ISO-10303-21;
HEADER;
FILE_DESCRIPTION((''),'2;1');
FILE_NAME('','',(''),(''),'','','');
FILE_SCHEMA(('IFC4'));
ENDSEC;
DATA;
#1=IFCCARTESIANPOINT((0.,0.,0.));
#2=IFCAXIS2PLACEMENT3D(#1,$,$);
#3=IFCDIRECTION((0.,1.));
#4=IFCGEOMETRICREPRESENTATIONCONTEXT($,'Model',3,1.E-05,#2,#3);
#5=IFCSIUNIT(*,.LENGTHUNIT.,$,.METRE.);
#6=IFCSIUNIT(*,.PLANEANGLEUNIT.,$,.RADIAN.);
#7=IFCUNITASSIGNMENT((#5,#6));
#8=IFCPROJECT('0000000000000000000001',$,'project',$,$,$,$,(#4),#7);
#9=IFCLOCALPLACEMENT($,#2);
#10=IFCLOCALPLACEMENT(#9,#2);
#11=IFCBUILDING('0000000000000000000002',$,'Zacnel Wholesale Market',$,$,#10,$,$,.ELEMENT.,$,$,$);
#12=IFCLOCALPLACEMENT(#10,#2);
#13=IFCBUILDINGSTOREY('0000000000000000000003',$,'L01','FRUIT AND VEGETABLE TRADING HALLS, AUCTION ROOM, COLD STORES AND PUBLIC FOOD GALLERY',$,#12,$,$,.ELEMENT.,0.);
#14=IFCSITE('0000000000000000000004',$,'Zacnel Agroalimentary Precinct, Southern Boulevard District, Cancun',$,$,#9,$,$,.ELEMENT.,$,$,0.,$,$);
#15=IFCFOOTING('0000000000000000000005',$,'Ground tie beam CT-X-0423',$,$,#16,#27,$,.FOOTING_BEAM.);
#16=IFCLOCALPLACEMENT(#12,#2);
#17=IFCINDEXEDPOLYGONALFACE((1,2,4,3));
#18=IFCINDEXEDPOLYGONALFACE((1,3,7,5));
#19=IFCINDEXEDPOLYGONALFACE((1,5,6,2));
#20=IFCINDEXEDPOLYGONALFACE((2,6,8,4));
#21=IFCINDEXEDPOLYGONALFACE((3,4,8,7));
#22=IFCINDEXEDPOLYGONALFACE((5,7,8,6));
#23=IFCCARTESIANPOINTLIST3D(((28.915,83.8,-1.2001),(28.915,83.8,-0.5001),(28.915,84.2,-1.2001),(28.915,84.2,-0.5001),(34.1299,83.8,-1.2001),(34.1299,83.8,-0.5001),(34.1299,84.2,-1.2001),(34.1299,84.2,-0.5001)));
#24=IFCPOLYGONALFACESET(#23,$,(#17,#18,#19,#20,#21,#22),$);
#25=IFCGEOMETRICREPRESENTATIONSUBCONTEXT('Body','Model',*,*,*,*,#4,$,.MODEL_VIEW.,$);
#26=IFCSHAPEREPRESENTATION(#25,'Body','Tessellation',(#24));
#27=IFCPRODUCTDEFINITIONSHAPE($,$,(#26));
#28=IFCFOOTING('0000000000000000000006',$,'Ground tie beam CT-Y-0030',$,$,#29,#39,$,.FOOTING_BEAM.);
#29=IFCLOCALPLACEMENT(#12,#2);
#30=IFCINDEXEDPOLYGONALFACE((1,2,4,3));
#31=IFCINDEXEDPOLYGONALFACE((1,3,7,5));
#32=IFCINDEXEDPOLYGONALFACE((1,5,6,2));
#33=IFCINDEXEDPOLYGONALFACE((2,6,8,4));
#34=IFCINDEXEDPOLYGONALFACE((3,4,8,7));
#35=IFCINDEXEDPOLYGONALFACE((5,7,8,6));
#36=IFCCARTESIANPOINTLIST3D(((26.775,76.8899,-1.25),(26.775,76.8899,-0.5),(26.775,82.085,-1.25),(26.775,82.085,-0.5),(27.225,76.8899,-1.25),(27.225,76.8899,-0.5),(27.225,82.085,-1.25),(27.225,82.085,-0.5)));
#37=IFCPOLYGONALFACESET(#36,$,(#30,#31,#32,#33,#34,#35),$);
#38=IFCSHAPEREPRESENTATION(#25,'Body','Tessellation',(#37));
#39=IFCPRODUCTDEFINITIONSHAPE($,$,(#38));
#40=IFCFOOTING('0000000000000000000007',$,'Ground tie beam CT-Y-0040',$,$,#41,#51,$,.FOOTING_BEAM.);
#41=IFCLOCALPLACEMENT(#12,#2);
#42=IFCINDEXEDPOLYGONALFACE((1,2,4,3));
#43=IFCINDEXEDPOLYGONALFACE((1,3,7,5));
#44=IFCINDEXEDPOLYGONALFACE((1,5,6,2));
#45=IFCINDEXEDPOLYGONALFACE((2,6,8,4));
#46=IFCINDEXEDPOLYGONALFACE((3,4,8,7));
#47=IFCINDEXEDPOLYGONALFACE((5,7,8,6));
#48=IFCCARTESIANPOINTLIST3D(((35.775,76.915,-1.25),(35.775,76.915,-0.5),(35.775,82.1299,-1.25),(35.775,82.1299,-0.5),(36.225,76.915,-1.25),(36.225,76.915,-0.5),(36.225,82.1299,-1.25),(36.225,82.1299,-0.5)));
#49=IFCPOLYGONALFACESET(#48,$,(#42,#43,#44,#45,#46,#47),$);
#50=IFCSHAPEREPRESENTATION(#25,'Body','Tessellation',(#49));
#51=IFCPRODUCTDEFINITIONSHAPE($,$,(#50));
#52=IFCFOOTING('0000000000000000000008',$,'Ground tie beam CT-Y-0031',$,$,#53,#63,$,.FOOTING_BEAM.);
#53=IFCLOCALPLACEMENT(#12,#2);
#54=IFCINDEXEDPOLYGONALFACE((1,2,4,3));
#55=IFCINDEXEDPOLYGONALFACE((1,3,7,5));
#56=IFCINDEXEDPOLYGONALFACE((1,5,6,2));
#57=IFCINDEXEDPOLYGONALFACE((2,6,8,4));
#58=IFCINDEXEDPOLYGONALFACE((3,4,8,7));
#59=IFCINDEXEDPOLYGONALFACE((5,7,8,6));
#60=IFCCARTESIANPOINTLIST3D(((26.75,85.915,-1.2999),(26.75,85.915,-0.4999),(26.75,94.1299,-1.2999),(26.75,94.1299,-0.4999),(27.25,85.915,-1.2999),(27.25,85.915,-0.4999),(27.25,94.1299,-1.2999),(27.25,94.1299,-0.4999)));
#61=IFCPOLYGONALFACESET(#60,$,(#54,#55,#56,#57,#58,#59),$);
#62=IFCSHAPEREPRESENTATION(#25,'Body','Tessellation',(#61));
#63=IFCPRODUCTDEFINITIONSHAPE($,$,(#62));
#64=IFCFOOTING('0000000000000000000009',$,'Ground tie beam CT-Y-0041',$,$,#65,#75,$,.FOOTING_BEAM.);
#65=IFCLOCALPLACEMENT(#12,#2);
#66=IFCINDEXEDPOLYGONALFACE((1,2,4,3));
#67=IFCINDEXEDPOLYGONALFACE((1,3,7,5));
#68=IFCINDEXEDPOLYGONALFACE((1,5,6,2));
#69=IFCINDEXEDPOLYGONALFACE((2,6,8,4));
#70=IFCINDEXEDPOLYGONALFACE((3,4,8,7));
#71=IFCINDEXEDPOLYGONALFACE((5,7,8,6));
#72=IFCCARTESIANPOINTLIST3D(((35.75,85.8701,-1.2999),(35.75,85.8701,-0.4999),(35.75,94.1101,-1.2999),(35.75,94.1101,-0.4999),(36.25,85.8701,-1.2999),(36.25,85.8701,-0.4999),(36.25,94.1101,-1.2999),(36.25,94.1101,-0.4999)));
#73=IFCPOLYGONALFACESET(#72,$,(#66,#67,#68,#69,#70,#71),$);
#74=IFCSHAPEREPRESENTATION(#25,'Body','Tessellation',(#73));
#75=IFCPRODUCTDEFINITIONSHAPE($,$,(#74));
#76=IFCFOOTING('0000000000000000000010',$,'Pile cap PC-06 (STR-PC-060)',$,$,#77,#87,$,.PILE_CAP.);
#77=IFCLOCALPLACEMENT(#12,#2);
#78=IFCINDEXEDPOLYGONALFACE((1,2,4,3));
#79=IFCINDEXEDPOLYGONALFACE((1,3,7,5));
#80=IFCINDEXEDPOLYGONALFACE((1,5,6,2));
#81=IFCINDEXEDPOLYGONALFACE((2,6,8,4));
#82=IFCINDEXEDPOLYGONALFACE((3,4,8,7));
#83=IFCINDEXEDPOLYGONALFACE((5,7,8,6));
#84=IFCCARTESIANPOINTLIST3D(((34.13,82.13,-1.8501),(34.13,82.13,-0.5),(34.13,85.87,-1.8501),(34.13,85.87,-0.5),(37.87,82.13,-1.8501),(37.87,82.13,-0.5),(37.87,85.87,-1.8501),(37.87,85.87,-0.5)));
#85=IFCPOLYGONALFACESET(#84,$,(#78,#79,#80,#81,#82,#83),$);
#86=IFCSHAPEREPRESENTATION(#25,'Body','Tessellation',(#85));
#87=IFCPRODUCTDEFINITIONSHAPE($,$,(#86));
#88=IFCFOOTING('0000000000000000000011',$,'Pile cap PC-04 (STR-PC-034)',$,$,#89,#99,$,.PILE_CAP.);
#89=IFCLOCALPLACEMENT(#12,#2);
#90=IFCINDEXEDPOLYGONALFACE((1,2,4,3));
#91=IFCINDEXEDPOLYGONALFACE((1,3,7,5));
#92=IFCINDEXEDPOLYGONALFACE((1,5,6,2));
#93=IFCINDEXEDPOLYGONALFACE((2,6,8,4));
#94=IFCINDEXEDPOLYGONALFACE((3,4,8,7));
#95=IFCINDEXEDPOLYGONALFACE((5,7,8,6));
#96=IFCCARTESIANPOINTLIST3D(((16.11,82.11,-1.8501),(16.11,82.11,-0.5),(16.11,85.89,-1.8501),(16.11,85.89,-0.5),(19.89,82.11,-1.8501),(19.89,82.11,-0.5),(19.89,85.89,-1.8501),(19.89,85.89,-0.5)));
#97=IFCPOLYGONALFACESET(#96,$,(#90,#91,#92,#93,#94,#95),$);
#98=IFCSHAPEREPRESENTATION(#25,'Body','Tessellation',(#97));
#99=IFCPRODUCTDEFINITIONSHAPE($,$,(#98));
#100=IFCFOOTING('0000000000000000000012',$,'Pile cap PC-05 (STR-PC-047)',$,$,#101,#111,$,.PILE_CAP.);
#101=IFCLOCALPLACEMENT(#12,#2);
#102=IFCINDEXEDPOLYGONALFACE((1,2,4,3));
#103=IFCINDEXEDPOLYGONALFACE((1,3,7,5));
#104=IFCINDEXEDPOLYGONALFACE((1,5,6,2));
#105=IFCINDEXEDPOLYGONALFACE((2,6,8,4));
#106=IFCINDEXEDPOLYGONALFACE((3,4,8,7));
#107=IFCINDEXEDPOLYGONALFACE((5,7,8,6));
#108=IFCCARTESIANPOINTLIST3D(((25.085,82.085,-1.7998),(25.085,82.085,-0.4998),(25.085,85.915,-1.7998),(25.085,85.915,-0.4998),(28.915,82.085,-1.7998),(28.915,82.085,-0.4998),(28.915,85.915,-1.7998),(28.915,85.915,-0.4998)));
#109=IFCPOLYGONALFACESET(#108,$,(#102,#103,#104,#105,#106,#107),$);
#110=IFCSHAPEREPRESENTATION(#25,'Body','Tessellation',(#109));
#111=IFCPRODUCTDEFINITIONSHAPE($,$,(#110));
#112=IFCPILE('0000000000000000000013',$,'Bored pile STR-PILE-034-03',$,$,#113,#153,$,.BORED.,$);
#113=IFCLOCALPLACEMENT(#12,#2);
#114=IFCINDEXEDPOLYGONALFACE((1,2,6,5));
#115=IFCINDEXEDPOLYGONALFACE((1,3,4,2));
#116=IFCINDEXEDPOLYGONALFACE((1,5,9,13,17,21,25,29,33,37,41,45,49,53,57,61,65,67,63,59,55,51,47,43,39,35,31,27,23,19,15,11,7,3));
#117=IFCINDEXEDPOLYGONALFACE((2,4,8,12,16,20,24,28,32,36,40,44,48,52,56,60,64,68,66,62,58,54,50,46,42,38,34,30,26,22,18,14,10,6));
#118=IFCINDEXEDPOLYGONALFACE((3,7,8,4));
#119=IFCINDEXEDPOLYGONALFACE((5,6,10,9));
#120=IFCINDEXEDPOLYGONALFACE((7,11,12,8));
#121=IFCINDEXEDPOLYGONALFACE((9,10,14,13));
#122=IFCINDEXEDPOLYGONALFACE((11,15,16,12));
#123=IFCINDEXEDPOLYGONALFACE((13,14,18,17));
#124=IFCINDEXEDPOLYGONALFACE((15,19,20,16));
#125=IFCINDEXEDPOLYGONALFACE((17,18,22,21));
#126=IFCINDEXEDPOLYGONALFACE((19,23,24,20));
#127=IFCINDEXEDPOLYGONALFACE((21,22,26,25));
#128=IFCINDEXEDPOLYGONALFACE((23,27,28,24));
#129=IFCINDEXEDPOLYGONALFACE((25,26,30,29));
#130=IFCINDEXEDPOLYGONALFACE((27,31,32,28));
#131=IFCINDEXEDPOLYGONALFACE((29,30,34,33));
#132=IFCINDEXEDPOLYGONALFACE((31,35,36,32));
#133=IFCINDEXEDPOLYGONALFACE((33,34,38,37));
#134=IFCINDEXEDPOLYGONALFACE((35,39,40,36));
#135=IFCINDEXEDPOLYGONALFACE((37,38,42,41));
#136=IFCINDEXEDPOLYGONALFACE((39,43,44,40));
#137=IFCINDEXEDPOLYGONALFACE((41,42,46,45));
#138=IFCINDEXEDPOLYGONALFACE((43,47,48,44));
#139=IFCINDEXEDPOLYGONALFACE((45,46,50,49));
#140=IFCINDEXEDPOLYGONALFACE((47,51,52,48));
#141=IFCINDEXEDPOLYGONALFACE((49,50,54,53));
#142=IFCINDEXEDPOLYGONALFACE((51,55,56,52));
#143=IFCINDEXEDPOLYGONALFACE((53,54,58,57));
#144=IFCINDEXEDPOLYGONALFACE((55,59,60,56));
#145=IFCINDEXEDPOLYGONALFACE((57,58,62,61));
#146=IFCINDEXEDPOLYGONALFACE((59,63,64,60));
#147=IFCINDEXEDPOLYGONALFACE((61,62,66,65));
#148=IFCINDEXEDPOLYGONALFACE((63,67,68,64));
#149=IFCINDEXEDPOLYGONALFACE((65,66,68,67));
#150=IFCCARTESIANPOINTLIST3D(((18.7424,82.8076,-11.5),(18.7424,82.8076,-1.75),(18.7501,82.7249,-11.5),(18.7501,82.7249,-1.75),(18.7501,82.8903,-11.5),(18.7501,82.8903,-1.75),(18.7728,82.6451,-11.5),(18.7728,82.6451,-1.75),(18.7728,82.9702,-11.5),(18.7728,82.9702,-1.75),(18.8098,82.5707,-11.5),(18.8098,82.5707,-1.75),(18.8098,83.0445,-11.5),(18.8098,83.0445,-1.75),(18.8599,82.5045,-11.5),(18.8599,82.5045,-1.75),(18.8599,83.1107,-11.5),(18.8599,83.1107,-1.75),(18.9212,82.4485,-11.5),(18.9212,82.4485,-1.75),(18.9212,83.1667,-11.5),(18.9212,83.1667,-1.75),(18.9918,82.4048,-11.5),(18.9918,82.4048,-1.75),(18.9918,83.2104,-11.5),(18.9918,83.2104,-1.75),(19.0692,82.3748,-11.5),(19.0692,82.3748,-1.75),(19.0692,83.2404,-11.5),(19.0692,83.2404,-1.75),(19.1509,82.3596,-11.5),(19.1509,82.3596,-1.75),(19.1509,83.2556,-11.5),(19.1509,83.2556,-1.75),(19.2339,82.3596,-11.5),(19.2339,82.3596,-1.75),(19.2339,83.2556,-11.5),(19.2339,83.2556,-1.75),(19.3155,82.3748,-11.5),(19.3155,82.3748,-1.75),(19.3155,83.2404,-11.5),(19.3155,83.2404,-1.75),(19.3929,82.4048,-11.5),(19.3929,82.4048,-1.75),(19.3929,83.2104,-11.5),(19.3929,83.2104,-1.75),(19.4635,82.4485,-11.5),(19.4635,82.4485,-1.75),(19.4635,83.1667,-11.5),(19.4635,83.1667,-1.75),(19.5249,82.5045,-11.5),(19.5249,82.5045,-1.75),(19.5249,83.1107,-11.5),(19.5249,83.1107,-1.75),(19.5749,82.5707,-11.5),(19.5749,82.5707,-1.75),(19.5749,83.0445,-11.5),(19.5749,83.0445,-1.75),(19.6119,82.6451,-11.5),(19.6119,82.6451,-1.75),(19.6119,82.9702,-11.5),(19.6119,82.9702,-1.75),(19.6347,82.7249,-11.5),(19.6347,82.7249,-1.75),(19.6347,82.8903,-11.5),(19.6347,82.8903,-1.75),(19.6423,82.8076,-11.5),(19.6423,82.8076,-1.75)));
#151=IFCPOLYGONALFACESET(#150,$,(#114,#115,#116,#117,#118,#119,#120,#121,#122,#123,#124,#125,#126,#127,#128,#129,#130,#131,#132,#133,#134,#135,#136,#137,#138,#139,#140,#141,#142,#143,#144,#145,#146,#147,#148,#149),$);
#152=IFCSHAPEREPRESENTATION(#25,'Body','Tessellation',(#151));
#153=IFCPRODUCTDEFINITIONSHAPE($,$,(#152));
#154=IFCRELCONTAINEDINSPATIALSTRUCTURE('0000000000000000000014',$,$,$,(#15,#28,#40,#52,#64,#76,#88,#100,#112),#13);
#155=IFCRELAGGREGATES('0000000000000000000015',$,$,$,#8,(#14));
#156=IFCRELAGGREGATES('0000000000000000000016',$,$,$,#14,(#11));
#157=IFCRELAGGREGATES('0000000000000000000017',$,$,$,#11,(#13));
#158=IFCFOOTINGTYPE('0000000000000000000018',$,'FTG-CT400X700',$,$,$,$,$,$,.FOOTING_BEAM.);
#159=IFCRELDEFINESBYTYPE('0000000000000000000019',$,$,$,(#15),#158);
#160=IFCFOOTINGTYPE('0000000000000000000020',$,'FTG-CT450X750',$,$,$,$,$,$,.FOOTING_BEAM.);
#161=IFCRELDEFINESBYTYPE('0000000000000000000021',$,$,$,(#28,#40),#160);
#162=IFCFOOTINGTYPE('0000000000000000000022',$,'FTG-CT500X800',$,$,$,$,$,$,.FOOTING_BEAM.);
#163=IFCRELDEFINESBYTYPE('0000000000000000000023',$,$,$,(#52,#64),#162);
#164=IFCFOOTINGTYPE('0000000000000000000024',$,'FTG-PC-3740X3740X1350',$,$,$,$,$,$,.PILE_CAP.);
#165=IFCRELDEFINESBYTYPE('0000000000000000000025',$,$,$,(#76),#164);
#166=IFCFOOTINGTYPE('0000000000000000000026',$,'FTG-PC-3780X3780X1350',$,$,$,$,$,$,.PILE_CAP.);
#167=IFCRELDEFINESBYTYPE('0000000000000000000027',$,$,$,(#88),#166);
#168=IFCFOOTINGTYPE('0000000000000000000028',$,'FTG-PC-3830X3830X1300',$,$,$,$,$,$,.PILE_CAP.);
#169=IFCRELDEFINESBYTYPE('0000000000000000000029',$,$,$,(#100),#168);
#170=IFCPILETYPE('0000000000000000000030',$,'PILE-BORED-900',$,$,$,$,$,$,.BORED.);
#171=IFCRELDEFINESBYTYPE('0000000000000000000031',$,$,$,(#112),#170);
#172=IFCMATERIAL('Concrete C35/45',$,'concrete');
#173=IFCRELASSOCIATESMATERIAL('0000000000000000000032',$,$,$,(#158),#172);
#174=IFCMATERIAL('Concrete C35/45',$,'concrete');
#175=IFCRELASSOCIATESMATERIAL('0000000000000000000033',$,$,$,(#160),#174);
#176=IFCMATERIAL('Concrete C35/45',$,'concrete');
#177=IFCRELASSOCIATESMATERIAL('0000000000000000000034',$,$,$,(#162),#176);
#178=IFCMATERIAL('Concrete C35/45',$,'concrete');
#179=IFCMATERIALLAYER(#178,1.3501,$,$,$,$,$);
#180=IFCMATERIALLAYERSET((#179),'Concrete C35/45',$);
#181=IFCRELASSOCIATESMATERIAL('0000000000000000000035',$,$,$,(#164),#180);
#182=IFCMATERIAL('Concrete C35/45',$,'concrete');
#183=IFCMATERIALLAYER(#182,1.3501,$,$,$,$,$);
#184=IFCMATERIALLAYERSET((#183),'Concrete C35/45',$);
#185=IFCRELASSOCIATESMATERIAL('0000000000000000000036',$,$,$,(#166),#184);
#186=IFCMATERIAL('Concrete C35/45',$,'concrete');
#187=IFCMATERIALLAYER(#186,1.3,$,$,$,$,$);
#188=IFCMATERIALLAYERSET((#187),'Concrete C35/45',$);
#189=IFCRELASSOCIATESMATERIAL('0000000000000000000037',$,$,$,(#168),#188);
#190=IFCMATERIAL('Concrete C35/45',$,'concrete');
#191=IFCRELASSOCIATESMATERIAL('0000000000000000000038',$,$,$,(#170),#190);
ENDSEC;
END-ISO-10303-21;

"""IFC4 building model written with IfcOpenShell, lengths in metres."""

from ifc_helpers import new_model, si_unit, direction, frame, origin, origin_2d, place, context, subcontext, project, spatial, rectangle, circle, extrude, material, layer, layer_set, material_profile, profile_set, type_object, element, save


model = new_model("IFC4")

# Units and contexts
model_context = context("Model", 3, precision=1e-05, world=origin(), true_north=direction((0.0, 1.0)))
body_context = subcontext(model_context, "Body", "Model", "MODEL_VIEW")
ifc_project = project(units=[si_unit("LENGTHUNIT", "METRE"), si_unit("PLANEANGLEUNIT", "RADIAN")], contexts=[model_context])

# Site, building, storey
site_placement = place(None, origin())
site = spatial("IfcSite", under=ifc_project, at=site_placement, Name="Zacnel Agroalimentary Precinct, Southern Boulevard District, Cancun", CompositionType="ELEMENT", RefElevation=0.0)
building_placement = place(site_placement, origin())
building = spatial("IfcBuilding", under=site, at=building_placement, Name="Zacnel Wholesale Market", CompositionType="ELEMENT")
storey_placement = place(building_placement, origin())
storey = spatial("IfcBuildingStorey", under=building, at=storey_placement, Name="L01", Description="FRUIT AND VEGETABLE TRADING HALLS, AUCTION ROOM, COLD STORES AND PUBLIC FOOD GALLERY", CompositionType="ELEMENT", Elevation=0.0)

# Footings
ifc_material_1 = material(Name="Concrete C35/45", Category="concrete")
ifc_material_profile_1 = material_profile(ifc_material_1, rectangle(XDim=0.3999, YDim=0.7, at=origin_2d()), Name="CT 400x700")
ifc_profile_set_1 = profile_set([ifc_material_profile_1], Name="Concrete C35/45")
footing_type_1 = type_object("IfcFootingType", Name="FTG-CT400X700", PredefinedType="FOOTING_BEAM", material=ifc_profile_set_1)
footing_1_placement = place(storey_placement, frame((28.915, 84.0, -0.8501), z_axis=(1.0, 0.0, 0.0), x_axis=(0.0, 1.0, 0.0)))
element("IfcFooting", 1, at=footing_1_placement, inside=storey, type_object=footing_type_1, Name="Ground tie beam CT-X-0423", PredefinedType="FOOTING_BEAM", context=body_context, shape_type="SweptSolid", body=[
    extrude(rectangle(XDim=0.3999, YDim=0.7, at=origin_2d()), origin(), (0.0, 0.0, 1.0), 5.2148),
])
ifc_material_2 = material(Name="Concrete C35/45", Category="concrete")
ifc_material_profile_2 = material_profile(ifc_material_2, rectangle(XDim=0.45, YDim=0.75, at=origin_2d()), Name="CT 450x750")
ifc_profile_set_2 = profile_set([ifc_material_profile_2], Name="Concrete C35/45")
footing_type_2 = type_object("IfcFootingType", Name="FTG-CT450X750", PredefinedType="FOOTING_BEAM", material=ifc_profile_set_2)
footing_2_placement = place(storey_placement, frame((27.0, 76.8899, -0.875), z_axis=(0.0, 1.0, 0.0), x_axis=(-1.0, 0.0, 0.0)))
element("IfcFooting", 2, at=footing_2_placement, inside=storey, type_object=footing_type_2, Name="Ground tie beam CT-Y-0030", PredefinedType="FOOTING_BEAM", context=body_context, shape_type="SweptSolid", body=[
    extrude(rectangle(XDim=0.45, YDim=0.75, at=origin_2d()), origin(), (0.0, 0.0, 1.0), 5.1951),
])
footing_3_placement = place(storey_placement, frame((36.0, 76.915, -0.875), z_axis=(0.0, 1.0, 0.0), x_axis=(-1.0, 0.0, 0.0)))
element("IfcFooting", 3, at=footing_3_placement, inside=storey, type_object=footing_type_2, Name="Ground tie beam CT-Y-0040", PredefinedType="FOOTING_BEAM", context=body_context, shape_type="SweptSolid", body=[
    extrude(rectangle(XDim=0.45, YDim=0.75, at=origin_2d()), origin(), (0.0, 0.0, 1.0), 5.2148),
])
ifc_material_3 = material(Name="Concrete C35/45", Category="concrete")
ifc_material_profile_3 = material_profile(ifc_material_3, rectangle(XDim=0.5, YDim=0.8, at=origin_2d()), Name="CT 500x800")
ifc_profile_set_3 = profile_set([ifc_material_profile_3], Name="Concrete C35/45")
footing_type_3 = type_object("IfcFootingType", Name="FTG-CT500X800", PredefinedType="FOOTING_BEAM", material=ifc_profile_set_3)
footing_4_placement = place(storey_placement, frame((27.0, 85.915, -0.8999), z_axis=(0.0, 1.0, 0.0), x_axis=(-1.0, 0.0, 0.0)))
element("IfcFooting", 4, at=footing_4_placement, inside=storey, type_object=footing_type_3, Name="Ground tie beam CT-Y-0031", PredefinedType="FOOTING_BEAM", context=body_context, shape_type="SweptSolid", body=[
    extrude(rectangle(XDim=0.5, YDim=0.8, at=origin_2d()), origin(), (0.0, 0.0, 1.0), 8.2148),
])
footing_5_placement = place(storey_placement, frame((36.0, 85.8701, -0.8999), z_axis=(0.0, 1.0, 0.0), x_axis=(-1.0, 0.0, 0.0)))
element("IfcFooting", 5, at=footing_5_placement, inside=storey, type_object=footing_type_3, Name="Ground tie beam CT-Y-0041", PredefinedType="FOOTING_BEAM", context=body_context, shape_type="SweptSolid", body=[
    extrude(rectangle(XDim=0.5, YDim=0.8, at=origin_2d()), origin(), (0.0, 0.0, 1.0), 8.24),
])
ifc_material_4 = material(Name="Concrete C35/45", Category="concrete")
ifc_layer_1 = layer(ifc_material_4, 1.3501)
ifc_layer_set_1 = layer_set([ifc_layer_1], Name="Concrete C35/45")
footing_type_4 = type_object("IfcFootingType", Name="FTG-PC-3740X3740X1350", PredefinedType="PILE_CAP", material=ifc_layer_set_1)
footing_6_placement = place(storey_placement, frame((36.0, 84.0, -1.8501), z_axis=(0.0, 0.0, 1.0), x_axis=(1.0, 0.0, 0.0)))
element("IfcFooting", 6, at=footing_6_placement, inside=storey, type_object=footing_type_4, Name="Pile cap PC-06 (STR-PC-060)", PredefinedType="PILE_CAP", context=body_context, shape_type="SweptSolid", body=[
    extrude(rectangle(XDim=3.74, YDim=3.74, at=origin_2d()), origin(), (0.0, 0.0, 1.0), 1.3501),
])
ifc_material_5 = material(Name="Concrete C35/45", Category="concrete")
ifc_layer_2 = layer(ifc_material_5, 1.3501)
ifc_layer_set_2 = layer_set([ifc_layer_2], Name="Concrete C35/45")
footing_type_5 = type_object("IfcFootingType", Name="FTG-PC-3780X3780X1350", PredefinedType="PILE_CAP", material=ifc_layer_set_2)
footing_7_placement = place(storey_placement, frame((18.0, 84.0, -1.8501), z_axis=(0.0, 0.0, 1.0), x_axis=(1.0, 0.0, 0.0)))
element("IfcFooting", 7, at=footing_7_placement, inside=storey, type_object=footing_type_5, Name="Pile cap PC-04 (STR-PC-034)", PredefinedType="PILE_CAP", context=body_context, shape_type="SweptSolid", body=[
    extrude(rectangle(XDim=3.78, YDim=3.78, at=origin_2d()), origin(), (0.0, 0.0, 1.0), 1.3501),
])
ifc_material_6 = material(Name="Concrete C35/45", Category="concrete")
ifc_layer_3 = layer(ifc_material_6, 1.3)
ifc_layer_set_3 = layer_set([ifc_layer_3], Name="Concrete C35/45")
footing_type_6 = type_object("IfcFootingType", Name="FTG-PC-3830X3830X1300", PredefinedType="PILE_CAP", material=ifc_layer_set_3)
footing_8_placement = place(storey_placement, frame((27.0, 84.0, -1.7998), z_axis=(0.0, 0.0, 1.0), x_axis=(1.0, 0.0, 0.0)))
element("IfcFooting", 8, at=footing_8_placement, inside=storey, type_object=footing_type_6, Name="Pile cap PC-05 (STR-PC-047)", PredefinedType="PILE_CAP", context=body_context, shape_type="SweptSolid", body=[
    extrude(rectangle(XDim=3.8301, YDim=3.8301, at=origin_2d()), origin(), (0.0, 0.0, 1.0), 1.3),
])

# Pile
ifc_material_7 = material(Name="Concrete C35/45", Category="concrete")
ifc_material_profile_4 = material_profile(ifc_material_7, circle(Radius=0.45, at=origin_2d()), Name="BORED PILE D900")
ifc_profile_set_4 = profile_set([ifc_material_profile_4], Name="Concrete C35/45")
pile_type = type_object("IfcPileType", Name="PILE-BORED-900", PredefinedType="BORED", material=ifc_profile_set_4)
for number, where, z_axis, x_axis, name in (
    (9, (19.1924, 82.8076, -1.75), (0.0, 0.0, -1.0), (1.0, 0.0, 0.0), "Bored pile STR-PILE-034-03"),
):
    element("IfcPile", number, at=place(storey_placement, frame(where, z_axis=z_axis, x_axis=x_axis)), inside=storey, type_object=pile_type, Name=name, PredefinedType="BORED", context=body_context, shape_type="SweptSolid", body=[
        extrude(circle(Radius=0.45, at=origin_2d()), origin(), (0.0, 0.0, 1.0), 9.75),
    ])

save(model, "model.ifc")
